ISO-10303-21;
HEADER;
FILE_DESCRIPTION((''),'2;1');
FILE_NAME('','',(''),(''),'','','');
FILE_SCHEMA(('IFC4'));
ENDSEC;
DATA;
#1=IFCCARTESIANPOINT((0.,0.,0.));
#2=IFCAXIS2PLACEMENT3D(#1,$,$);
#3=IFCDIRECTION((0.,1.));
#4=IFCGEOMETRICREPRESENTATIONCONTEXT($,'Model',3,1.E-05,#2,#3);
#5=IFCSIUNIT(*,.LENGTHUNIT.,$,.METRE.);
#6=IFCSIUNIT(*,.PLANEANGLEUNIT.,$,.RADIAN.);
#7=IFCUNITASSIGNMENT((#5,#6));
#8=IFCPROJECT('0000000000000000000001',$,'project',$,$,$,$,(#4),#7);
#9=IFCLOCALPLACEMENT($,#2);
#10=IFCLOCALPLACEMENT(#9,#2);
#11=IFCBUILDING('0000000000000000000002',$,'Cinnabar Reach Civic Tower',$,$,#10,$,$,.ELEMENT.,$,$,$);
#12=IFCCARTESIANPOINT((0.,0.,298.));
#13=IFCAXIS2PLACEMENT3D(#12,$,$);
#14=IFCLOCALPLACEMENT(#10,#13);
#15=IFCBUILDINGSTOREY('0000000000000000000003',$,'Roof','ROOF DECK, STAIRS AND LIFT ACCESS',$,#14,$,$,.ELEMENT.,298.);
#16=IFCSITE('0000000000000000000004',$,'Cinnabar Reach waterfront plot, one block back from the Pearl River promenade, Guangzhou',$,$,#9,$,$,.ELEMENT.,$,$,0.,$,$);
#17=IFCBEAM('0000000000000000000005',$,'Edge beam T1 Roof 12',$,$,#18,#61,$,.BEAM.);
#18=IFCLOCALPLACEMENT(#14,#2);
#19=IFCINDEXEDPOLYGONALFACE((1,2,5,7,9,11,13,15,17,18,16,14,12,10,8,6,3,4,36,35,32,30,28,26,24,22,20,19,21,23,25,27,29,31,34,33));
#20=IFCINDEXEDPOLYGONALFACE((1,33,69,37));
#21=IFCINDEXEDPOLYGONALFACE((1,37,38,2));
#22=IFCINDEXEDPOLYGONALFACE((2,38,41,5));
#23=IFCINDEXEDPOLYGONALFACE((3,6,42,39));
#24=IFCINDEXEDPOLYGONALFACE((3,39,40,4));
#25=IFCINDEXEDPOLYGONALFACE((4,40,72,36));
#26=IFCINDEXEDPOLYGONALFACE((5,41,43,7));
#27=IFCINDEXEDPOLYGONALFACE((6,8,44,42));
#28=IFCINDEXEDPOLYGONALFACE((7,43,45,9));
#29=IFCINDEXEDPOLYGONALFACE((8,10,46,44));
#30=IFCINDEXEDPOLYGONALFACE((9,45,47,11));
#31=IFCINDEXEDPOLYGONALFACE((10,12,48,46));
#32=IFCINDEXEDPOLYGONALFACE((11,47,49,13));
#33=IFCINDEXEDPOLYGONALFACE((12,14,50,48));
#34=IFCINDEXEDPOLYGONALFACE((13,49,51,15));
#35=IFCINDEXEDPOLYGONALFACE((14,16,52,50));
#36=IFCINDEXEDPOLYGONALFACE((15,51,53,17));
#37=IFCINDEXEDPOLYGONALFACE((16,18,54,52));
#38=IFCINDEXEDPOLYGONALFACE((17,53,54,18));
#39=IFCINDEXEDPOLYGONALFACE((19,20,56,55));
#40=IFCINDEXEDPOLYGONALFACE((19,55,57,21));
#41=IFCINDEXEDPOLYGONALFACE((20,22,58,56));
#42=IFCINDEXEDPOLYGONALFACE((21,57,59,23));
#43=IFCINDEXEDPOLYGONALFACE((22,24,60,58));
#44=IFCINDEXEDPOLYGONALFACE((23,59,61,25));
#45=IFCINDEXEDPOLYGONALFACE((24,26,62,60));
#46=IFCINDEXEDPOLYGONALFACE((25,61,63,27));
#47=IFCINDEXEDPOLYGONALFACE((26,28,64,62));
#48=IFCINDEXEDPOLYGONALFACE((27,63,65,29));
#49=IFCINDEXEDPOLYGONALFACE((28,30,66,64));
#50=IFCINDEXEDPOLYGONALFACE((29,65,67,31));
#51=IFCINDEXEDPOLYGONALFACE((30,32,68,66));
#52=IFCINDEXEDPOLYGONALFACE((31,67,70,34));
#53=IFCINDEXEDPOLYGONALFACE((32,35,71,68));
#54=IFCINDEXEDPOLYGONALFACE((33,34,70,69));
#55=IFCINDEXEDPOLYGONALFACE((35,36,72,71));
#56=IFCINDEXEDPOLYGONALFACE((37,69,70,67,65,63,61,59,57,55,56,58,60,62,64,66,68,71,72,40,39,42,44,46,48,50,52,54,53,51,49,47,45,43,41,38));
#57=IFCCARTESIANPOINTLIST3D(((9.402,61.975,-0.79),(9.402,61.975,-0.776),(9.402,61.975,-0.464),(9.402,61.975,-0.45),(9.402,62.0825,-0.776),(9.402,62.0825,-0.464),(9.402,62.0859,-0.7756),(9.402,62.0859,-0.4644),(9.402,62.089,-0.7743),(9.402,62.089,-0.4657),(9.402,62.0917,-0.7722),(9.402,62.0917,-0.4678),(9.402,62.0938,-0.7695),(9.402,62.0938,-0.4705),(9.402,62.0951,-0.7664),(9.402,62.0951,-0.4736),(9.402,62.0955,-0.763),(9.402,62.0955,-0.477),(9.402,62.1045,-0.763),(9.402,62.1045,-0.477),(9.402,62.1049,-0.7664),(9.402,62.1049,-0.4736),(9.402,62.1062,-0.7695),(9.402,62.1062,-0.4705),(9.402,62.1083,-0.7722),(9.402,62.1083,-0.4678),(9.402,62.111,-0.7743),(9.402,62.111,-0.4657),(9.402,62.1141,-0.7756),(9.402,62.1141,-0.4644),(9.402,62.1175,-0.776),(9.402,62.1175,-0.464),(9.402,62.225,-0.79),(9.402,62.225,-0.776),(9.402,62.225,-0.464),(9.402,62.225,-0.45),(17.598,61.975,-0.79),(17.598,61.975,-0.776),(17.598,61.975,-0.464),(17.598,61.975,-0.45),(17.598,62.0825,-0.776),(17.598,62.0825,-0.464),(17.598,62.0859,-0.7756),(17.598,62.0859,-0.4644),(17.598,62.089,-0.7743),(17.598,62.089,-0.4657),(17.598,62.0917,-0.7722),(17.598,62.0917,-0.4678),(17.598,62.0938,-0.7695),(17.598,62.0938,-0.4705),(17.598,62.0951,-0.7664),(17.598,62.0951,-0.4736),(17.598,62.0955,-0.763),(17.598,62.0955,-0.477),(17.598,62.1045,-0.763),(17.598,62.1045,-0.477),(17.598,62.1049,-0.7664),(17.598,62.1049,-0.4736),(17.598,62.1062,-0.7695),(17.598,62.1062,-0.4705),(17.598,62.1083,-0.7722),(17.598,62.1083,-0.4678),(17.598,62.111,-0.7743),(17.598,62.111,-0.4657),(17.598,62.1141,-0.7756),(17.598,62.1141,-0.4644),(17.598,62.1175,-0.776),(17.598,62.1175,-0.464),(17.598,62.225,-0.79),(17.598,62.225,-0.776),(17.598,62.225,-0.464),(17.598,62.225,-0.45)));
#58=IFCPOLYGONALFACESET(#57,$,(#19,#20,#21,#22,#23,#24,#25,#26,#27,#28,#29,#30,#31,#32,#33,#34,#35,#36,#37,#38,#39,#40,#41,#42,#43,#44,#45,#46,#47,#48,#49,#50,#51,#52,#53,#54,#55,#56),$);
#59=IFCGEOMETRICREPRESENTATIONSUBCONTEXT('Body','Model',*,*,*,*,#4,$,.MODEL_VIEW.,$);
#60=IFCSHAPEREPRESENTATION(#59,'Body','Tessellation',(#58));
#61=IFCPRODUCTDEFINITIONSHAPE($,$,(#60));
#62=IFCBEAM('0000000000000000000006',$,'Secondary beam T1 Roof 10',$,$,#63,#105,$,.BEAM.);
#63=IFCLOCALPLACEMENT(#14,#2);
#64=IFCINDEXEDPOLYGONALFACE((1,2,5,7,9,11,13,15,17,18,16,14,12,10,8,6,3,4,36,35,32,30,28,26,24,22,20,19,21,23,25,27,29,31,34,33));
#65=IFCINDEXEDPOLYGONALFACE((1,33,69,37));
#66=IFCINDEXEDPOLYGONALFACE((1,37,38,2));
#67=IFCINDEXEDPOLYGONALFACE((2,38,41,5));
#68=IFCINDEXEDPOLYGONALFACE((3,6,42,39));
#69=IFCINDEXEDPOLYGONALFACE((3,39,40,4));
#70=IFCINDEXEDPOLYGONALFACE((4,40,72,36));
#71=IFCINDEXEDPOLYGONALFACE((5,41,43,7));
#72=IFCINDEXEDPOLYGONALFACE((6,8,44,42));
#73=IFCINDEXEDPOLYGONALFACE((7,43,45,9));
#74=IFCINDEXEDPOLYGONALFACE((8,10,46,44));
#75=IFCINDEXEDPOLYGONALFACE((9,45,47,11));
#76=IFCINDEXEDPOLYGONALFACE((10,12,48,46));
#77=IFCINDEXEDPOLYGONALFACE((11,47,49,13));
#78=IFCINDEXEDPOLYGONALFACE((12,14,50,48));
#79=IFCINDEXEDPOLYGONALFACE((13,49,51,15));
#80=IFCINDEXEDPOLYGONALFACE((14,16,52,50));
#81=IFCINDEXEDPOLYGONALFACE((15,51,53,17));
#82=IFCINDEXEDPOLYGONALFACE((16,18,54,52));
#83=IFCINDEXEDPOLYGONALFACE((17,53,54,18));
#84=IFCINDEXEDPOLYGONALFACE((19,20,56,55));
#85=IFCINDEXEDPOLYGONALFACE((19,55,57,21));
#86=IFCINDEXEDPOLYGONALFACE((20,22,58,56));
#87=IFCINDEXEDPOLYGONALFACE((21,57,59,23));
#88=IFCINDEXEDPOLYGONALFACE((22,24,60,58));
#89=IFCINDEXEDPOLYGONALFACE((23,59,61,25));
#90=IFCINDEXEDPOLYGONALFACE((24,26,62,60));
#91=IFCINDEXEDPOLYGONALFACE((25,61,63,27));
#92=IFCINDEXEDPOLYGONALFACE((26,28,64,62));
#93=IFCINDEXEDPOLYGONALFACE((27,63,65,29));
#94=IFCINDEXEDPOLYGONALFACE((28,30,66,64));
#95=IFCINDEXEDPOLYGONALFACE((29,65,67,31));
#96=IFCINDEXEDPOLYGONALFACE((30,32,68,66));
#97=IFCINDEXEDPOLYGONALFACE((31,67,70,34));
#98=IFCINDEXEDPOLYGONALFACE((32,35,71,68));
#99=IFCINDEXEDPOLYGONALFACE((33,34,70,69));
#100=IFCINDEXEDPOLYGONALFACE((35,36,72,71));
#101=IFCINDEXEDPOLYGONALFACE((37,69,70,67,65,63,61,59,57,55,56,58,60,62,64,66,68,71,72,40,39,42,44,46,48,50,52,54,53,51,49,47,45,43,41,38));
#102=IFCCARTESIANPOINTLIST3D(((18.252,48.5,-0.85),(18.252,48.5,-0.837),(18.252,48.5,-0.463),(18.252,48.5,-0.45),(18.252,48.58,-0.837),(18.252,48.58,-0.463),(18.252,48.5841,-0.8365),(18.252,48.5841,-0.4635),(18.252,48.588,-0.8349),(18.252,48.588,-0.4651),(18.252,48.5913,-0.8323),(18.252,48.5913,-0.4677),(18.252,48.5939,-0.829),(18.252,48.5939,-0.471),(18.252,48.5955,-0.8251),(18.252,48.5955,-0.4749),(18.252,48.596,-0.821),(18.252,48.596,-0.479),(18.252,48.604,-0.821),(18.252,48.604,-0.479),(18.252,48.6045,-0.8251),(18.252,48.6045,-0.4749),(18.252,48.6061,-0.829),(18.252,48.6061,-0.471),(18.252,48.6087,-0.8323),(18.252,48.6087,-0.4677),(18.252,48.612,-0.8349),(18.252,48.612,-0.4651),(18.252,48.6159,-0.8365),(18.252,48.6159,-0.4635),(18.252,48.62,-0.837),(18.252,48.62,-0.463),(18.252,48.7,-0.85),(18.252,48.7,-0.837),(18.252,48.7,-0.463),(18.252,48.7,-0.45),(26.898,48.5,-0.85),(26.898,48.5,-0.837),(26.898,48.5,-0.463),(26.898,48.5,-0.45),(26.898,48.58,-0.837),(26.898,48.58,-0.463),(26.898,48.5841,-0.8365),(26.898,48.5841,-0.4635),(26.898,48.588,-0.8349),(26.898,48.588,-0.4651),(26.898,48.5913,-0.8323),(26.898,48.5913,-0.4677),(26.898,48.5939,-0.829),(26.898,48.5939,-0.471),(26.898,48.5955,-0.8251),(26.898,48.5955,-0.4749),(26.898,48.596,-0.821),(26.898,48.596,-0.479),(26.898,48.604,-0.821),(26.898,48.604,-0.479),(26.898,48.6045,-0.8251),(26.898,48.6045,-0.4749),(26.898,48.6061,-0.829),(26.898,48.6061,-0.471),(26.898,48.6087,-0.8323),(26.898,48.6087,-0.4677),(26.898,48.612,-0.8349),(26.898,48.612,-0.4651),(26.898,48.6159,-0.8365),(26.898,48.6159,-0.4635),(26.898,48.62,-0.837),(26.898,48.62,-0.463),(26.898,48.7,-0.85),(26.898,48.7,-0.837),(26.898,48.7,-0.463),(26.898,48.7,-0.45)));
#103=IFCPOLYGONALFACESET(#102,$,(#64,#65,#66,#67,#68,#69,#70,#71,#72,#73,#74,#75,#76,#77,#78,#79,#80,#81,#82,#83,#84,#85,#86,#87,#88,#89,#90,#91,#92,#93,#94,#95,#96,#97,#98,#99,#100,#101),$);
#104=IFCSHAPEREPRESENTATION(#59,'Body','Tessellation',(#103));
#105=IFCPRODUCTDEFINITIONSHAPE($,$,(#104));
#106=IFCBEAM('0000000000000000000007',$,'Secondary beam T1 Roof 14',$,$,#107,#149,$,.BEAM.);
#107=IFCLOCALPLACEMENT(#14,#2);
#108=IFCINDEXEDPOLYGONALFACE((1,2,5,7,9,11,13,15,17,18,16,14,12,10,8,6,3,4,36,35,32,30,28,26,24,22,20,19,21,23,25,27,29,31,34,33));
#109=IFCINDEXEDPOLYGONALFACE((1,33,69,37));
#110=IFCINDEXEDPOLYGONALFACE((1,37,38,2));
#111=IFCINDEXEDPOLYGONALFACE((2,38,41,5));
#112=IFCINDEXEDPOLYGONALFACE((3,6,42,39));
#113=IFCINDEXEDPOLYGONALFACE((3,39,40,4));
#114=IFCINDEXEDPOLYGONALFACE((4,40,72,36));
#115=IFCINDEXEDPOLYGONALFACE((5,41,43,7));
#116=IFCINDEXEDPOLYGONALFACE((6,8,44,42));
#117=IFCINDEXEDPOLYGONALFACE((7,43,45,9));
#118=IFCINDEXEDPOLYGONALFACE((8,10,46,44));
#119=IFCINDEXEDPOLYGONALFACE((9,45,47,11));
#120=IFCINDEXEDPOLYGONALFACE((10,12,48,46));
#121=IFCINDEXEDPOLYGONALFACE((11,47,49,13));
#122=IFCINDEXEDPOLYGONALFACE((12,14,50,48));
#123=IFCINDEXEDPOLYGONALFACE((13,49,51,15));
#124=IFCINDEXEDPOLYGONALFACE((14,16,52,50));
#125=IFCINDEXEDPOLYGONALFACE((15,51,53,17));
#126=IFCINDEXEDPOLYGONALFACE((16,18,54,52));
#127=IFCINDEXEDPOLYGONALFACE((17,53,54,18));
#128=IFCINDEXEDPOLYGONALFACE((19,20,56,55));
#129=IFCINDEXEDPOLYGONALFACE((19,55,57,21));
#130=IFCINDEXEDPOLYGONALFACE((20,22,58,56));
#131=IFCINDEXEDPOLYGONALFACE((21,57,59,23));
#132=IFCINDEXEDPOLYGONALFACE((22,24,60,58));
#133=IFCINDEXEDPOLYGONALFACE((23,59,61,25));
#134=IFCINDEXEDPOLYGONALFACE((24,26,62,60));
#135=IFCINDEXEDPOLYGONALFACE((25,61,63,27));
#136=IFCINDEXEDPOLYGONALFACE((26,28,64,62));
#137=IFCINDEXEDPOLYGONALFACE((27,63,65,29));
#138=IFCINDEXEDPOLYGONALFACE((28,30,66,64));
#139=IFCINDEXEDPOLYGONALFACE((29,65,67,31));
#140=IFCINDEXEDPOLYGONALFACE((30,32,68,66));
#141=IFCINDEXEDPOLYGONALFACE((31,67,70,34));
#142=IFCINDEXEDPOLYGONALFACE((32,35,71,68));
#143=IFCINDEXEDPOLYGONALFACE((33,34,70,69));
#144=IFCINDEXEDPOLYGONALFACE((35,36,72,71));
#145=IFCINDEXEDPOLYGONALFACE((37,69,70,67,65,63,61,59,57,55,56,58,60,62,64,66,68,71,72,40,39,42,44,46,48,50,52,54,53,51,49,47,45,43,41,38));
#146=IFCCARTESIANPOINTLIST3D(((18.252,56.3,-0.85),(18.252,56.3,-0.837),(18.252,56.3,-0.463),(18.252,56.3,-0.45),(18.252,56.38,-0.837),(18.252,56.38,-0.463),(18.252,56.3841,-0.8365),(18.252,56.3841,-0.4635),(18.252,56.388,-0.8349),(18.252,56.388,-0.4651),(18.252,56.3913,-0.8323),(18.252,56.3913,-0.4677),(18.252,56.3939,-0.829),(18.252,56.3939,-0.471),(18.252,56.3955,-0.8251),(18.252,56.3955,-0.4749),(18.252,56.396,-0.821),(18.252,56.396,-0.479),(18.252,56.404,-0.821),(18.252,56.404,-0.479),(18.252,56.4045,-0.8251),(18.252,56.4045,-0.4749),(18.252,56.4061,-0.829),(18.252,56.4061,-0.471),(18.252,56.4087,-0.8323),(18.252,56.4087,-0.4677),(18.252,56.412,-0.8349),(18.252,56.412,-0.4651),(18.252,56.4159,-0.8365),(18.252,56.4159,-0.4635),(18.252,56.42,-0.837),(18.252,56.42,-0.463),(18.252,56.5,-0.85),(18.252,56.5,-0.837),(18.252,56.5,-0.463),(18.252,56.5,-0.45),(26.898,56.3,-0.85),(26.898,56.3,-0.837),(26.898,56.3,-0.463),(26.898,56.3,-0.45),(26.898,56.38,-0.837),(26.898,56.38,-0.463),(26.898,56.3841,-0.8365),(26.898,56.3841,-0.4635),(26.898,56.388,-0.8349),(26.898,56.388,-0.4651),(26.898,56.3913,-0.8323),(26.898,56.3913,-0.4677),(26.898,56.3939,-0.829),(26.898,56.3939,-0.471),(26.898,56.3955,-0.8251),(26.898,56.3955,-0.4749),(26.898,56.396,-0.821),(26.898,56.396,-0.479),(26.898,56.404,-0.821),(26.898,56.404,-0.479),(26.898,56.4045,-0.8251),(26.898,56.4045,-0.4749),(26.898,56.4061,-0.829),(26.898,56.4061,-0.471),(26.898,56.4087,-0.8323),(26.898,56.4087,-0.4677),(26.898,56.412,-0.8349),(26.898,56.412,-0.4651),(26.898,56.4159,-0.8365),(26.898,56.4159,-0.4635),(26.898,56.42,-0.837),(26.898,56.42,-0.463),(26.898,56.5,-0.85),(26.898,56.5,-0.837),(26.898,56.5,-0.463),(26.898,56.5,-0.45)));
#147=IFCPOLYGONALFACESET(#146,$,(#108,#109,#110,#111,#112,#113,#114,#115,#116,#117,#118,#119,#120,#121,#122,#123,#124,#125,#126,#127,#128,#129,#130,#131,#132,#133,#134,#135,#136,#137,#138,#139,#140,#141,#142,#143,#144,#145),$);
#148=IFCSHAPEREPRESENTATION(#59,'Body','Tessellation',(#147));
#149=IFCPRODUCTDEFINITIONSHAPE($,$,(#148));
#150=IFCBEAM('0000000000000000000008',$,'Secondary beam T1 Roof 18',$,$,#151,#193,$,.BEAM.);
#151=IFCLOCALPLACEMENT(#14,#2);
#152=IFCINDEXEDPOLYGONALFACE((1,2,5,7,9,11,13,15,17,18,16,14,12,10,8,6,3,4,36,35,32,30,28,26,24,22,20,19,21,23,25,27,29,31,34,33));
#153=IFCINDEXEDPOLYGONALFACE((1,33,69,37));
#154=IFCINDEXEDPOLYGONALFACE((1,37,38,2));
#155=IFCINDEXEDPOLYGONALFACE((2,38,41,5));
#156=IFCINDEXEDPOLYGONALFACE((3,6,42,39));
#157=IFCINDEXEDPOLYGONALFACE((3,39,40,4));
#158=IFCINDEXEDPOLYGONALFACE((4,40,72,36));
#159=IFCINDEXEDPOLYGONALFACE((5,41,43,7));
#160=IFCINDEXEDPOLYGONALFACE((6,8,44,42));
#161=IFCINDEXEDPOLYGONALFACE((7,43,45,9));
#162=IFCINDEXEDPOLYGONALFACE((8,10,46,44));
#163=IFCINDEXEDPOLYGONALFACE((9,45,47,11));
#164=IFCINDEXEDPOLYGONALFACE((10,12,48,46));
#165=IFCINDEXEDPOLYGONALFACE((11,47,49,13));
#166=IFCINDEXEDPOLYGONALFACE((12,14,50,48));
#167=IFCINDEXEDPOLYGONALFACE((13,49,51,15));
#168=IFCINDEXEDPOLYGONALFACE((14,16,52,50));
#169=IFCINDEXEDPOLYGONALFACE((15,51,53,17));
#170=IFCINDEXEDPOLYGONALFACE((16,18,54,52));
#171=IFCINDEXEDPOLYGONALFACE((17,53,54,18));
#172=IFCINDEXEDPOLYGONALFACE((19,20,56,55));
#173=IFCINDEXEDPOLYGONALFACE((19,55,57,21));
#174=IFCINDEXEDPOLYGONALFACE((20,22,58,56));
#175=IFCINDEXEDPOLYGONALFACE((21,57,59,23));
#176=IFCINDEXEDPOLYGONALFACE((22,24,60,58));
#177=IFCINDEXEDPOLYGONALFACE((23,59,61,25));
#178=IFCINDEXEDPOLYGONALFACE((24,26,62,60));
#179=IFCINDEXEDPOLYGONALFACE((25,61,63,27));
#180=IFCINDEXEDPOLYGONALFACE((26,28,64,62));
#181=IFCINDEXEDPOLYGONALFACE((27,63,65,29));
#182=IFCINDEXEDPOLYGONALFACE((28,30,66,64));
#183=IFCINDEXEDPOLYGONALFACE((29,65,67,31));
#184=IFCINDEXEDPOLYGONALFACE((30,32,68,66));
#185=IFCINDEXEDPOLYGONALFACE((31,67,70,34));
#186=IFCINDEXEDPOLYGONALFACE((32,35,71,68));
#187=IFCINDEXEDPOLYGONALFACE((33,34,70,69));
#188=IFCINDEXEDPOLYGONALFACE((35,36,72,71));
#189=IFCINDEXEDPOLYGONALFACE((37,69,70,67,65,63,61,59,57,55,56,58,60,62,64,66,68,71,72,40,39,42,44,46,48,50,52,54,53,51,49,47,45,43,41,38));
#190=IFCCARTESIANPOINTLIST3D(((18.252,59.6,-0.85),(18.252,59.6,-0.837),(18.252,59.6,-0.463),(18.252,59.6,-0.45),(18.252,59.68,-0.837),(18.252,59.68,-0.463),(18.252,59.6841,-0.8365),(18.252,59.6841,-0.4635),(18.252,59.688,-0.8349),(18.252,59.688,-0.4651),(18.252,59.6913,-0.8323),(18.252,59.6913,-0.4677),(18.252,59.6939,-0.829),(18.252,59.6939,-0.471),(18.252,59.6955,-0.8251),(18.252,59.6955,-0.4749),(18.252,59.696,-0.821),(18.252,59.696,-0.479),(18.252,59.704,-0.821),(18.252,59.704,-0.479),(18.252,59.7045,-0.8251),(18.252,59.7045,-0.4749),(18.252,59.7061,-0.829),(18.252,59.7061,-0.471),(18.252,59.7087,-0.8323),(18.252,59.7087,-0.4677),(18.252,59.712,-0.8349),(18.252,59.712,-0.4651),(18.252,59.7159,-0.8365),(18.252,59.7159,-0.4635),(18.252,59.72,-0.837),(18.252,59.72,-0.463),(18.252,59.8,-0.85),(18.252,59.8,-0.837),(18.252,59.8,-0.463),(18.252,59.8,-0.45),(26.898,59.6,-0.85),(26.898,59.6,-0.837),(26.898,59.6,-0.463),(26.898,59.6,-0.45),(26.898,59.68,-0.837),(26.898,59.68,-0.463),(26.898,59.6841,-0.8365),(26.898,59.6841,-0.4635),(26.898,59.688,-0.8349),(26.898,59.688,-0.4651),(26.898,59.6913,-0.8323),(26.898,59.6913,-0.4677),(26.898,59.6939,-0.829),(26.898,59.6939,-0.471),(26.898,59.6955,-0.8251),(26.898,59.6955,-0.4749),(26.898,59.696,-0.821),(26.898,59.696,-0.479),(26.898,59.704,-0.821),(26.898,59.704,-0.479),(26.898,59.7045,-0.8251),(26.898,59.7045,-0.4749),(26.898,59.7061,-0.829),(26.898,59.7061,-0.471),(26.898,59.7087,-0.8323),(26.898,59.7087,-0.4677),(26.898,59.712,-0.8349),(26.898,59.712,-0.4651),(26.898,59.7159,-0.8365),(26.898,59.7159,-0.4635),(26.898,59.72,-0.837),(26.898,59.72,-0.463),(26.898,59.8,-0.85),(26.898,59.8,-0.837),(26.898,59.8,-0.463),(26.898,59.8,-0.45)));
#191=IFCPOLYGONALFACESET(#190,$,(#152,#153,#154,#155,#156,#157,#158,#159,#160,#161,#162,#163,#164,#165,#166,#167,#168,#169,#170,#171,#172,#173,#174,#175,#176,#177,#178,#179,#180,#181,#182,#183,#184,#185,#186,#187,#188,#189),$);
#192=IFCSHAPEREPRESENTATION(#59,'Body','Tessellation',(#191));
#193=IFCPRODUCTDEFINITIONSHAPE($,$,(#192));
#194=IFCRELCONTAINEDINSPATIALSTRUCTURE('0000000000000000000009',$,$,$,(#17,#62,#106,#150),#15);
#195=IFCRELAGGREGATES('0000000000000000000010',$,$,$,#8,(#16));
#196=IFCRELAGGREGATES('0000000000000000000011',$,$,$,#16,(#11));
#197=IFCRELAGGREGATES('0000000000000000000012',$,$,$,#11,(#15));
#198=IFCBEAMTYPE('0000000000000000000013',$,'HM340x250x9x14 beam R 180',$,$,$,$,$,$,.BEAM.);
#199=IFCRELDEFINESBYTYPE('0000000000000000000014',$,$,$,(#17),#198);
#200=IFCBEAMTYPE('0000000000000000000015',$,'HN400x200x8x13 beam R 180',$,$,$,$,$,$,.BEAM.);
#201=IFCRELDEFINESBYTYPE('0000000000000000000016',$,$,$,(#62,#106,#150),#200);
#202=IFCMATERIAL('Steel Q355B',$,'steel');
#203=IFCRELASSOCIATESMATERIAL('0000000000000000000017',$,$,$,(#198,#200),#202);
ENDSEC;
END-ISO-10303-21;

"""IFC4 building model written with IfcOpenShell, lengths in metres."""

from ifc_helpers import new_model, si_unit, direction, frame, origin, origin_2d, place, context, subcontext, project, spatial, i_section, extrude, material, material_profile, profile_set, type_object, element, save


model = new_model("IFC4")

# Units and contexts
model_context = context("Model", 3, precision=1e-05, world=origin(), true_north=direction((0.0, 1.0)))
body_context = subcontext(model_context, "Body", "Model", "MODEL_VIEW")
ifc_project = project(units=[si_unit("LENGTHUNIT", "METRE"), si_unit("PLANEANGLEUNIT", "RADIAN")], contexts=[model_context])

# Site, building, storey
site_placement = place(None, origin())
site = spatial("IfcSite", under=ifc_project, at=site_placement, Name="Cinnabar Reach waterfront plot, one block back from the Pearl River promenade, Guangzhou", CompositionType="ELEMENT", RefElevation=0.0)
building_placement = place(site_placement, origin())
building = spatial("IfcBuilding", under=site, at=building_placement, Name="Cinnabar Reach Civic Tower", CompositionType="ELEMENT")
storey_placement = place(building_placement, frame((0.0, 0.0, 298.0)))
storey = spatial("IfcBuildingStorey", under=building, at=storey_placement, Name="Roof", Description="ROOF DECK, STAIRS AND LIFT ACCESS", CompositionType="ELEMENT", Elevation=298.0)

# Shared definitions
ifc_material_1 = material(Name="Steel Q355B", Category="steel")

# Beams
ifc_material_profile_1 = material_profile(ifc_material_1, i_section(OverallWidth=0.25, OverallDepth=0.34, WebThickness=0.009, FlangeThickness=0.014, FilletRadius=0.013, at=origin_2d()), Name="HM340x250x9x14")
ifc_profile_set_1 = profile_set([ifc_material_profile_1], Name="Steel Q355B")
beam_type_1 = type_object("IfcBeamType", Name="HM340x250x9x14 beam R 180", PredefinedType="BEAM", material=ifc_profile_set_1)
beam_1_placement = place(storey_placement, frame((17.598, 62.1, -0.62), z_axis=(-1.0, 0.0, 0.0), x_axis=(0.0, -1.0, 0.0)))
element("IfcBeam", 1, at=beam_1_placement, inside=storey, type_object=beam_type_1, Name="Edge beam T1 Roof 12", PredefinedType="BEAM", context=body_context, shape_type="SweptSolid", body=[
    extrude(i_section(OverallWidth=0.25, OverallDepth=0.34, WebThickness=0.009, FlangeThickness=0.014, FilletRadius=0.013, at=origin_2d()), origin(), (0.0, 0.0, 1.0), 8.196),
])
ifc_material_profile_2 = material_profile(ifc_material_1, i_section(OverallWidth=0.2, OverallDepth=0.4, WebThickness=0.008, FlangeThickness=0.013, FilletRadius=0.016, at=origin_2d()), Name="HN400x200x8x13")
ifc_profile_set_2 = profile_set([ifc_material_profile_2], Name="Steel Q355B")
beam_type_2 = type_object("IfcBeamType", Name="HN400x200x8x13 beam R 180", PredefinedType="BEAM", material=ifc_profile_set_2)
for number, where, z_axis, x_axis, name in (
    (2, (18.252, 48.6, -0.65), (1.0, 0.0, 0.0), (0.0, 1.0, 0.0), "Secondary beam T1 Roof 10"),
    (3, (18.252, 56.4, -0.65), (1.0, 0.0, 0.0), (0.0, 1.0, 0.0), "Secondary beam T1 Roof 14"),
    (4, (18.252, 59.7, -0.65), (1.0, 0.0, 0.0), (0.0, 1.0, 0.0), "Secondary beam T1 Roof 18"),
):
    element("IfcBeam", number, at=place(storey_placement, frame(where, z_axis=z_axis, x_axis=x_axis)), inside=storey, type_object=beam_type_2, Name=name, PredefinedType="BEAM", context=body_context, shape_type="SweptSolid", body=[
        extrude(i_section(OverallWidth=0.2, OverallDepth=0.4, WebThickness=0.008, FlangeThickness=0.013, FilletRadius=0.016, at=origin_2d()), origin(), (0.0, 0.0, 1.0), 8.646),
    ])

save(model, "model.ifc")
